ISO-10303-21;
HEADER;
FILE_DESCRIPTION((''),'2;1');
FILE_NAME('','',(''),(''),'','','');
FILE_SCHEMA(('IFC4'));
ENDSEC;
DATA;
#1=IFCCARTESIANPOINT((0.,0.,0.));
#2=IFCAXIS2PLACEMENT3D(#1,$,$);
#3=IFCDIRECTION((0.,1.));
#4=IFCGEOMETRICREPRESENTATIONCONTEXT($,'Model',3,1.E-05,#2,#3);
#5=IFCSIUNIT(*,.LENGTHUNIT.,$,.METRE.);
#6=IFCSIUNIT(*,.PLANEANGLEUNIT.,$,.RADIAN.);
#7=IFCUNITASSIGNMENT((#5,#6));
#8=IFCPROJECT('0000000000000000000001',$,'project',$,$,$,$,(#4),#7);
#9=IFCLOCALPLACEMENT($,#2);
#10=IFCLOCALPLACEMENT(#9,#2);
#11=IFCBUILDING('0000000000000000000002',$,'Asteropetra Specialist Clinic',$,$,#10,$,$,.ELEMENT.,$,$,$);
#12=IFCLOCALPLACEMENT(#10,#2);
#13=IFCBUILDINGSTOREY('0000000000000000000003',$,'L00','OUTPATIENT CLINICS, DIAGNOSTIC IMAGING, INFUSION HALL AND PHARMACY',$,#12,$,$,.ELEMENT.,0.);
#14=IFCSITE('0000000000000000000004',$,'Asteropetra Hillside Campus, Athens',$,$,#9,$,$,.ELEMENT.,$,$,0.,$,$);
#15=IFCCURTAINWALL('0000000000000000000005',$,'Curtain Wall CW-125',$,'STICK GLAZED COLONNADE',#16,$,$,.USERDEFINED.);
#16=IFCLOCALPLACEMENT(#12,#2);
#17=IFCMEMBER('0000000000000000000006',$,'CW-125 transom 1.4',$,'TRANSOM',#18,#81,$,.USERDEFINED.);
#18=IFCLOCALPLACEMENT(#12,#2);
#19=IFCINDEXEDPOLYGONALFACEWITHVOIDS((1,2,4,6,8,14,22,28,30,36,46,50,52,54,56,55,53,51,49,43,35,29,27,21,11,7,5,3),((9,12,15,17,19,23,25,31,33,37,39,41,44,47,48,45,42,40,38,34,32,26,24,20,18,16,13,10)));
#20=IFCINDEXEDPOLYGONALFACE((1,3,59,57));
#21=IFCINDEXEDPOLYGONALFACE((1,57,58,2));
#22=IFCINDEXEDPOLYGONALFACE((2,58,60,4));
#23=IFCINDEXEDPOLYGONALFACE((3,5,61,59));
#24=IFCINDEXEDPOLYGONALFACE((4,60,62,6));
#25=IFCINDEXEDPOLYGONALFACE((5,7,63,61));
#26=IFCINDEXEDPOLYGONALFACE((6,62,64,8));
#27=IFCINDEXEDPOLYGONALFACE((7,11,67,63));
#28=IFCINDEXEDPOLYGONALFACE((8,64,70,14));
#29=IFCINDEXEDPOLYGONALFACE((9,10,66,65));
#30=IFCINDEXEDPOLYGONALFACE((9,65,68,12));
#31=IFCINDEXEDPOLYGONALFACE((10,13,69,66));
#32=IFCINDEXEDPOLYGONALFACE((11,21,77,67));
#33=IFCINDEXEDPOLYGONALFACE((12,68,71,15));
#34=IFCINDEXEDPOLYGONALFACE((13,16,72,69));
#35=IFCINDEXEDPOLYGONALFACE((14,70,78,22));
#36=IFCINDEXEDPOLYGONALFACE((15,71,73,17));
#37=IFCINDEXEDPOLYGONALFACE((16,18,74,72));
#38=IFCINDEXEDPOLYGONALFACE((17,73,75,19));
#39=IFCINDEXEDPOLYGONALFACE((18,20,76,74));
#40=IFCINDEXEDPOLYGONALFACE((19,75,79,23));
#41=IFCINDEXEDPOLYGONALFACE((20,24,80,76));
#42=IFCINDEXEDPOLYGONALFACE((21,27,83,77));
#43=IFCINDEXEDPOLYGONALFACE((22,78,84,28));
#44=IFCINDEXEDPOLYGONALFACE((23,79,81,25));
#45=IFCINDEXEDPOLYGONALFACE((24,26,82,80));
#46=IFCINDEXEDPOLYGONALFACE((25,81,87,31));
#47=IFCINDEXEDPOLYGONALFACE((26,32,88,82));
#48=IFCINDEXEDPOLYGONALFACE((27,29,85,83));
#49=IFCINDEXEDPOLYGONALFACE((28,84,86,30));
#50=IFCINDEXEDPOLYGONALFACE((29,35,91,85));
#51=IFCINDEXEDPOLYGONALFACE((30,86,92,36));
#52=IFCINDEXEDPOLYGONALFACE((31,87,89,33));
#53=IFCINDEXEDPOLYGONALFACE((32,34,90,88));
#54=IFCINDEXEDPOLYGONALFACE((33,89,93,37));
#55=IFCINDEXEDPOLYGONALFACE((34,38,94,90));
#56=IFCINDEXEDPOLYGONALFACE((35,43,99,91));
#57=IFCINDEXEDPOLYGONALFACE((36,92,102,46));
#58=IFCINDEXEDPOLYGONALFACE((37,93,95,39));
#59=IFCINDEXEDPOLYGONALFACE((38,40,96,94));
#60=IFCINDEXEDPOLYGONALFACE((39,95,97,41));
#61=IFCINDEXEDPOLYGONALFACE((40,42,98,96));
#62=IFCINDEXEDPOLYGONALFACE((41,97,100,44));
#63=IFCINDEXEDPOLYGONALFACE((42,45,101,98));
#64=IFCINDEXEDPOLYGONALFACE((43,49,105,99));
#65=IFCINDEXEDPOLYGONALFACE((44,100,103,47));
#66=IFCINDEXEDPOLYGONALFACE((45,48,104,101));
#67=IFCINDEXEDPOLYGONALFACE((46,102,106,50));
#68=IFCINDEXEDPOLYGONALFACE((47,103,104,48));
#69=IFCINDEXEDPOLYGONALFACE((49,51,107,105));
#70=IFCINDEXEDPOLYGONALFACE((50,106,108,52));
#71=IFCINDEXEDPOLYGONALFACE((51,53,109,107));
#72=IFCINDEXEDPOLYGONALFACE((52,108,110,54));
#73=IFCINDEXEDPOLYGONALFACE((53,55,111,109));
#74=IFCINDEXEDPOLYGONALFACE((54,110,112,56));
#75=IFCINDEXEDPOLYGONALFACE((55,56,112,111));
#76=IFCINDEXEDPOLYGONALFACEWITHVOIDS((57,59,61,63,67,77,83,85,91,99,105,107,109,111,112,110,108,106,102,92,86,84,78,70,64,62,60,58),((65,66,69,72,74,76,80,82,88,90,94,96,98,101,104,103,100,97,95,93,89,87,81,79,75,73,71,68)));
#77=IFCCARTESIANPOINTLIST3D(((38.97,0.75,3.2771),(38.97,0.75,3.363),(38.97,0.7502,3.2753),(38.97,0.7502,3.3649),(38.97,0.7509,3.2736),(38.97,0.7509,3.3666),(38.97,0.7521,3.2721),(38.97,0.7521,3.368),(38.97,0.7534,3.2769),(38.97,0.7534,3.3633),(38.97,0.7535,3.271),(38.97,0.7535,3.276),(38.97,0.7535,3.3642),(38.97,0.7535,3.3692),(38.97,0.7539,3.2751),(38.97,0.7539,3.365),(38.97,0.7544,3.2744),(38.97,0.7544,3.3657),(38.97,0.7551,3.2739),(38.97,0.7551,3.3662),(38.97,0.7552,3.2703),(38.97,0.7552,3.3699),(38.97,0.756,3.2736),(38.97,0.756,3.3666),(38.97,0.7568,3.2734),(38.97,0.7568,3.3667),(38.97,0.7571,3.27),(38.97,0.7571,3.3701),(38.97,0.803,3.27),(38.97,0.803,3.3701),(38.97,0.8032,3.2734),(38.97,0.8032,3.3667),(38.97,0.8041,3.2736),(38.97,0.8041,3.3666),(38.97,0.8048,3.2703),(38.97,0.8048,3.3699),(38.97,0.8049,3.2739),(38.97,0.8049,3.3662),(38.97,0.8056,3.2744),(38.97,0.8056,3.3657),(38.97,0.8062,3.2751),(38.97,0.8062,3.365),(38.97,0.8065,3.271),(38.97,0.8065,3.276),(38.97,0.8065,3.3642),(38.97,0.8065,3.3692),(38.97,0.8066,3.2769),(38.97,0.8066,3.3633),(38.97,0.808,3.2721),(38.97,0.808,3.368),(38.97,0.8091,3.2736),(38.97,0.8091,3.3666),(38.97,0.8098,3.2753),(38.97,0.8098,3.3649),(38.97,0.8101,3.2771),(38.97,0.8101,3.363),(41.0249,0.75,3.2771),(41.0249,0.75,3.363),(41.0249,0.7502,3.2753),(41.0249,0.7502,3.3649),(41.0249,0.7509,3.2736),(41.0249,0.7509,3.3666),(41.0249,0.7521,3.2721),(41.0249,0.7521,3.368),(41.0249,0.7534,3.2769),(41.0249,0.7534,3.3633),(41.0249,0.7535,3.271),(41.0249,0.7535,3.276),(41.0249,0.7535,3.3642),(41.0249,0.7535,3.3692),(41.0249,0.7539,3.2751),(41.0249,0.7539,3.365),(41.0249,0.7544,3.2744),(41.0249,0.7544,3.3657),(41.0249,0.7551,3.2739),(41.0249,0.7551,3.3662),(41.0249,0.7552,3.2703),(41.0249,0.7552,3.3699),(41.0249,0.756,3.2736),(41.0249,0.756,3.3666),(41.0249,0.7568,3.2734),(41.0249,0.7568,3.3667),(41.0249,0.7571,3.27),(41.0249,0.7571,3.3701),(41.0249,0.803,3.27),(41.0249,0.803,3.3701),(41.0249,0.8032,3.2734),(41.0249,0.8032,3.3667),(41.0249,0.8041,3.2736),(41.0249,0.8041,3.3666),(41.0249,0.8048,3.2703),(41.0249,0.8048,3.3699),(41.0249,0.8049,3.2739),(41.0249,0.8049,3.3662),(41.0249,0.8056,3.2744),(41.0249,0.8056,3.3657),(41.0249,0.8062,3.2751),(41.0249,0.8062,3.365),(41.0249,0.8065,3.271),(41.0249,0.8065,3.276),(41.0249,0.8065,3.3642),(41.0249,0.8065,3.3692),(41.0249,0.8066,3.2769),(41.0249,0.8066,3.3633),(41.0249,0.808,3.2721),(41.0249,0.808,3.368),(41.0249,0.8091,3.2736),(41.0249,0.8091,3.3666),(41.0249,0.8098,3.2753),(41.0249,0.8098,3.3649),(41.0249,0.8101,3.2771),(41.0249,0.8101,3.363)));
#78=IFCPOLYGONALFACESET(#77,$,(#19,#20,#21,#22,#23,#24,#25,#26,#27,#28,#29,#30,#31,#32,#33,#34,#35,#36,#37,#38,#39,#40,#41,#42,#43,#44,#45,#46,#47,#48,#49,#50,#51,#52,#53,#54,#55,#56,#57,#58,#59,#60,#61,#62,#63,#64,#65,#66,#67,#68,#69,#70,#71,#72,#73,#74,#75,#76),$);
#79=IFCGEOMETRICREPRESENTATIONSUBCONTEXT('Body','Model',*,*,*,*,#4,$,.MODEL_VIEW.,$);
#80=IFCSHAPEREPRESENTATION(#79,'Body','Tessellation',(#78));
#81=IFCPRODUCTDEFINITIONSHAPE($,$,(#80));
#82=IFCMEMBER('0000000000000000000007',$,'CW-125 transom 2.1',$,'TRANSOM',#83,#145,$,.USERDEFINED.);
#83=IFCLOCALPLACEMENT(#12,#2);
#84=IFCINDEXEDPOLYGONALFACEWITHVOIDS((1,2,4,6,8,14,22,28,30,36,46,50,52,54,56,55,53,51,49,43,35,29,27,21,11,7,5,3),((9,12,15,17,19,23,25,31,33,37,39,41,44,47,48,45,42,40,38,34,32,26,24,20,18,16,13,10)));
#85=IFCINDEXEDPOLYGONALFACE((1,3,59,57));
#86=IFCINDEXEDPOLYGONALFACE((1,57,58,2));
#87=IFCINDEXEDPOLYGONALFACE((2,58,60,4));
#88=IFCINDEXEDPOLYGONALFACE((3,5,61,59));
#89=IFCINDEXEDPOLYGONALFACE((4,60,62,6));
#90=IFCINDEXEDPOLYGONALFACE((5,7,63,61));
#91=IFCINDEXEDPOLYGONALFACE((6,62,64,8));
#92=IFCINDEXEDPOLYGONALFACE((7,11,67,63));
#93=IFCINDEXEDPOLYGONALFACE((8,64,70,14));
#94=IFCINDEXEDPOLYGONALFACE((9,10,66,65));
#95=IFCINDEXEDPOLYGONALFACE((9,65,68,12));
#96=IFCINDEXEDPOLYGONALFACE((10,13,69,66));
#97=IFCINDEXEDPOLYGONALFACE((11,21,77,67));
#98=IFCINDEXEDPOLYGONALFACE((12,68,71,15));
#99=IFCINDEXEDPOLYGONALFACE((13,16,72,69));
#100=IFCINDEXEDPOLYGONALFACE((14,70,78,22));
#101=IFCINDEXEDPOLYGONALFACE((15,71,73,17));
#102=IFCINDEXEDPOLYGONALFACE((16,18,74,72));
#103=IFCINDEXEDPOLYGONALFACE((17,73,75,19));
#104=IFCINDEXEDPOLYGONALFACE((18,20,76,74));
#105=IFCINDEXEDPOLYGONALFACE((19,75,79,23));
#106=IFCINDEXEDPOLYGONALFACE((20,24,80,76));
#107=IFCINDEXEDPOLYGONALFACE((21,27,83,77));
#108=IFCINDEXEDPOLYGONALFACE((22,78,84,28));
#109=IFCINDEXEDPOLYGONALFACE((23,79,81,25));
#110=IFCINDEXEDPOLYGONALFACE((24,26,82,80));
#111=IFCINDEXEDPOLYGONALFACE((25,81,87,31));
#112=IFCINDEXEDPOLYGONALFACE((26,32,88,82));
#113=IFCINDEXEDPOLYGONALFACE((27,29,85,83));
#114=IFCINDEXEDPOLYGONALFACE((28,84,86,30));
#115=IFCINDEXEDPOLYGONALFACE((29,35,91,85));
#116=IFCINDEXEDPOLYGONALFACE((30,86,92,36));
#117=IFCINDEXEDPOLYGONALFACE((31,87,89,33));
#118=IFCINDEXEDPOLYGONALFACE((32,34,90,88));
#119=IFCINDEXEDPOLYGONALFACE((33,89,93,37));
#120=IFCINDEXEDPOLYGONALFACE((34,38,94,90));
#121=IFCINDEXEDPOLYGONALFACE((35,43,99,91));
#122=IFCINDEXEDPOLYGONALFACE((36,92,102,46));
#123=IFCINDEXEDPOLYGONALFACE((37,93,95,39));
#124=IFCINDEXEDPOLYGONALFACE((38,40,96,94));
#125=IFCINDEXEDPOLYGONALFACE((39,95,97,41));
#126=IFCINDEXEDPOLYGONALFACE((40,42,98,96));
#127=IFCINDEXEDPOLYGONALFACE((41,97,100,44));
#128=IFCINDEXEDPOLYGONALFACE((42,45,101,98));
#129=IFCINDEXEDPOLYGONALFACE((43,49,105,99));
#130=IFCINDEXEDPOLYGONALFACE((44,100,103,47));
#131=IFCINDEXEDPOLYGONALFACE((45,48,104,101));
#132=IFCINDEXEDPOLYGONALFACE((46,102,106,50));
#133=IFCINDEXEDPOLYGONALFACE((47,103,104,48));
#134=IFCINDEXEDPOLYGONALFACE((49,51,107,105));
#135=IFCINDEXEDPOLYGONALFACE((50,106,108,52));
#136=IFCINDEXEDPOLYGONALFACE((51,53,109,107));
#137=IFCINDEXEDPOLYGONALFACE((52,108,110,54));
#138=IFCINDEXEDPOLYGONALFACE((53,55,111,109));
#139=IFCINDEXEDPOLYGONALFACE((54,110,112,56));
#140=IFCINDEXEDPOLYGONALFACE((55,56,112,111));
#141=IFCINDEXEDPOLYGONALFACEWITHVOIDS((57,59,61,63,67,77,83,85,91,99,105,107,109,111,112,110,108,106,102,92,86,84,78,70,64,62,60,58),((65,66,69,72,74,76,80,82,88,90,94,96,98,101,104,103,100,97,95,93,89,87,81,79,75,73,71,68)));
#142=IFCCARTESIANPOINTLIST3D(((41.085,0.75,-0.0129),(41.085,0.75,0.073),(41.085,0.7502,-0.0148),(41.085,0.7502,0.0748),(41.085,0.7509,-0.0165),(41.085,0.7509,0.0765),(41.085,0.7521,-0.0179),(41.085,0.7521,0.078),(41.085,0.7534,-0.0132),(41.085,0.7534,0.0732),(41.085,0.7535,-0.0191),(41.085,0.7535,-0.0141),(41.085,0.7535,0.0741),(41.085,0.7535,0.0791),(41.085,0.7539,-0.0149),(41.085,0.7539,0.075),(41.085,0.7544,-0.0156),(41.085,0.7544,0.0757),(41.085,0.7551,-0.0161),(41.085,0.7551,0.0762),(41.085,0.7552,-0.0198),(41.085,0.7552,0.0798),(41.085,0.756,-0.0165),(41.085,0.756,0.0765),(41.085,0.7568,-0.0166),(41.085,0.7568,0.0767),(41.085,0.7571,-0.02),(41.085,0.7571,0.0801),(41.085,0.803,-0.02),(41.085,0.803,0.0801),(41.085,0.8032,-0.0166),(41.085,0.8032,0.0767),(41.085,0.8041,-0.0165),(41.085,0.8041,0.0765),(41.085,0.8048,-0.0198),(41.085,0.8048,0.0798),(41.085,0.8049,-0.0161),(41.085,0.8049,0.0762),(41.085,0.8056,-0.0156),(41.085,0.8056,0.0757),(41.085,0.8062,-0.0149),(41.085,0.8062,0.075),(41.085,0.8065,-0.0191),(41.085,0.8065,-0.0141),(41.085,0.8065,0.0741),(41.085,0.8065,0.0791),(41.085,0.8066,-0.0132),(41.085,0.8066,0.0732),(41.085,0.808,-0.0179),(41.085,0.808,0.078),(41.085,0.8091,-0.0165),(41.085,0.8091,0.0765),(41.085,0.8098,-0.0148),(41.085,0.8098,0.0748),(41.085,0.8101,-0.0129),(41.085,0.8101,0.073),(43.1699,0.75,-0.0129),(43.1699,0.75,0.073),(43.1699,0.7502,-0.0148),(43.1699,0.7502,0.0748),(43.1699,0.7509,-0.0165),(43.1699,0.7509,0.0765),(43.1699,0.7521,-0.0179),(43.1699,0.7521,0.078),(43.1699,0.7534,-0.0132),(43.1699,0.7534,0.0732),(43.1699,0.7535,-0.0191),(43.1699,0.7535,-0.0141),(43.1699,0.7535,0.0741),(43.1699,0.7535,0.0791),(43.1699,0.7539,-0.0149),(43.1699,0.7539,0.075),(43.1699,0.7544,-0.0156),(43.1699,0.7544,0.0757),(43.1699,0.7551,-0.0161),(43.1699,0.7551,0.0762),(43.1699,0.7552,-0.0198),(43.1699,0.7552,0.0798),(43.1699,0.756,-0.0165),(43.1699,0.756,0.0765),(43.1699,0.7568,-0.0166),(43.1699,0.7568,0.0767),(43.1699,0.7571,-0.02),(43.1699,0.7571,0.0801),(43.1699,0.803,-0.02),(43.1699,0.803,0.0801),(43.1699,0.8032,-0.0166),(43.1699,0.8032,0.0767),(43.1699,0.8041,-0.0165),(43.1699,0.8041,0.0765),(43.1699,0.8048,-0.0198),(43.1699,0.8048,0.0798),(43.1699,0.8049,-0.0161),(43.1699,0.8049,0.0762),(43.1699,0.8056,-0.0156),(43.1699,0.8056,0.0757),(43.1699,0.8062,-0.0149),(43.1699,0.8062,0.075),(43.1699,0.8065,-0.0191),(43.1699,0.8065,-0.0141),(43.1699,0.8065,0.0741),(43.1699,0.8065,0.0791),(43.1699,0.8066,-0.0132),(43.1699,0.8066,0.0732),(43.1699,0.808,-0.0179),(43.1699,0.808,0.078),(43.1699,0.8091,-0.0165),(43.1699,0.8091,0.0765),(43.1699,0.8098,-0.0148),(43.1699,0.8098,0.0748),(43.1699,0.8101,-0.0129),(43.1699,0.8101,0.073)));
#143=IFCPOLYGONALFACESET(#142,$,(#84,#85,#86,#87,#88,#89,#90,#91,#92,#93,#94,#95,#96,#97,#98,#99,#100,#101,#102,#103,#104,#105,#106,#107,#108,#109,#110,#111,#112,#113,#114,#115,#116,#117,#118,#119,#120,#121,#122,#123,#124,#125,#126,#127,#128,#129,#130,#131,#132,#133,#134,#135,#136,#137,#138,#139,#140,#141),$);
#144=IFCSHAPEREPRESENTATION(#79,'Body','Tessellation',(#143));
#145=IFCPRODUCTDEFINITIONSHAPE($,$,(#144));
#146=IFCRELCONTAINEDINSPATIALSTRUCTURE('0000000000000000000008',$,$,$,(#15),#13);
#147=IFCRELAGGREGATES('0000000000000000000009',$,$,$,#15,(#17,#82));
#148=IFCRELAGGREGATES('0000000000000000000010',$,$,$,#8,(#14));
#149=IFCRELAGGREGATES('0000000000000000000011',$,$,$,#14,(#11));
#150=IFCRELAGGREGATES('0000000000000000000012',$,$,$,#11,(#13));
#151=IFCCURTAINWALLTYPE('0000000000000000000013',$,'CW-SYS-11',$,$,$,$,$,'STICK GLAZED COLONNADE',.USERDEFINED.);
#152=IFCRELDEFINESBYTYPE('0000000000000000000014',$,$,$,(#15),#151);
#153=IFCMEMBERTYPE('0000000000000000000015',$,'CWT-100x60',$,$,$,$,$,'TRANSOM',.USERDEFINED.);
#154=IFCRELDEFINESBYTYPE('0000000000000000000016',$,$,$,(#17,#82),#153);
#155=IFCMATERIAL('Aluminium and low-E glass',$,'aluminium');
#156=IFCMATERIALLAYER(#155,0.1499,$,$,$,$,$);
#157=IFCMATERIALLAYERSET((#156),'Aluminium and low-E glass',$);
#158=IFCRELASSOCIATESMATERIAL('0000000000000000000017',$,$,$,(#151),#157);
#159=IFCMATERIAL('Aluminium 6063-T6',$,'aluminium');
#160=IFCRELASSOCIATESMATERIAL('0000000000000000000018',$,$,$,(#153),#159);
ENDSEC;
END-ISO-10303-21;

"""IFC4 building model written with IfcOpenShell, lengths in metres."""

from ifc_helpers import new_model, si_unit, direction, frame, origin, origin_2d, place, context, subcontext, project, spatial, hollow_rectangle, extrude, material, layer, layer_set, material_profile, profile_set, type_object, element, aggregate, save


model = new_model("IFC4")

# Units and contexts
model_context = context("Model", 3, precision=1e-05, world=origin(), true_north=direction((0.0, 1.0)))
body_context = subcontext(model_context, "Body", "Model", "MODEL_VIEW")
ifc_project = project(units=[si_unit("LENGTHUNIT", "METRE"), si_unit("PLANEANGLEUNIT", "RADIAN")], contexts=[model_context])

# Site, building, storey
site_placement = place(None, origin())
site = spatial("IfcSite", under=ifc_project, at=site_placement, Name="Asteropetra Hillside Campus, Athens", CompositionType="ELEMENT", RefElevation=0.0)
building_placement = place(site_placement, origin())
building = spatial("IfcBuilding", under=site, at=building_placement, Name="Asteropetra Specialist Clinic", CompositionType="ELEMENT")
storey_placement = place(building_placement, origin())
storey = spatial("IfcBuildingStorey", under=building, at=storey_placement, Name="L00", Description="OUTPATIENT CLINICS, DIAGNOSTIC IMAGING, INFUSION HALL AND PHARMACY", CompositionType="ELEMENT", Elevation=0.0)

# Curtain wall, members
ifc_material_1 = material(Name="Aluminium and low-E glass", Category="aluminium")
ifc_layer_1 = layer(ifc_material_1, 0.1499)
ifc_layer_set_1 = layer_set([ifc_layer_1], Name="Aluminium and low-E glass")
curtain_wall_type = type_object("IfcCurtainWallType", Name="CW-SYS-11", ElementType="STICK GLAZED COLONNADE", PredefinedType="USERDEFINED", material=ifc_layer_set_1)
curtain_wall_placement = place(storey_placement, origin())
curtain_wall = element("IfcCurtainWall", 1, at=curtain_wall_placement, inside=storey, type_object=curtain_wall_type, Name="Curtain Wall CW-125", ObjectType="STICK GLAZED COLONNADE", PredefinedType="USERDEFINED")
ifc_material_2 = material(Name="Aluminium 6063-T6", Category="aluminium")
ifc_material_profile_1 = material_profile(ifc_material_2, hollow_rectangle(XDim=0.0601, YDim=0.1001, WallThickness=0.0034, InnerFilletRadius=0.0034, OuterFilletRadius=0.0071, at=origin_2d()), Name="TRN 100x60x3.5")
ifc_profile_set_1 = profile_set([ifc_material_profile_1], Name="Aluminium 6063-T6")
member_type_1 = type_object("IfcMemberType", Name="CWT-100x60", ElementType="TRANSOM", PredefinedType="USERDEFINED", material=ifc_profile_set_1)
member_1_placement = place(storey_placement, frame((38.97, 0.78, 3.3201), z_axis=(1.0, 0.0, 0.0), x_axis=(0.0, 1.0, 0.0)))
member_1 = element("IfcMember", 2, at=member_1_placement, type_object=member_type_1, Name="CW-125 transom 1.4", ObjectType="TRANSOM", PredefinedType="USERDEFINED", context=body_context, shape_type="SweptSolid", body=[
    extrude(hollow_rectangle(XDim=0.0601, YDim=0.1001, WallThickness=0.0034, InnerFilletRadius=0.0034, OuterFilletRadius=0.0071, at=origin_2d()), origin(), (0.0, 0.0, 1.0), 2.0549),
])
member_2_placement = place(storey_placement, frame((41.085, 0.78, 0.03), z_axis=(1.0, 0.0, 0.0), x_axis=(0.0, 1.0, 0.0)))
member_2 = element("IfcMember", 3, at=member_2_placement, type_object=member_type_1, Name="CW-125 transom 2.1", ObjectType="TRANSOM", PredefinedType="USERDEFINED", context=body_context, shape_type="SweptSolid", body=[
    extrude(hollow_rectangle(XDim=0.0601, YDim=0.1001, WallThickness=0.0034, InnerFilletRadius=0.0034, OuterFilletRadius=0.0071, at=origin_2d()), origin(), (0.0, 0.0, 1.0), 2.085),
])

aggregate(curtain_wall, [member_1, member_2])

save(model, "model.ifc")
